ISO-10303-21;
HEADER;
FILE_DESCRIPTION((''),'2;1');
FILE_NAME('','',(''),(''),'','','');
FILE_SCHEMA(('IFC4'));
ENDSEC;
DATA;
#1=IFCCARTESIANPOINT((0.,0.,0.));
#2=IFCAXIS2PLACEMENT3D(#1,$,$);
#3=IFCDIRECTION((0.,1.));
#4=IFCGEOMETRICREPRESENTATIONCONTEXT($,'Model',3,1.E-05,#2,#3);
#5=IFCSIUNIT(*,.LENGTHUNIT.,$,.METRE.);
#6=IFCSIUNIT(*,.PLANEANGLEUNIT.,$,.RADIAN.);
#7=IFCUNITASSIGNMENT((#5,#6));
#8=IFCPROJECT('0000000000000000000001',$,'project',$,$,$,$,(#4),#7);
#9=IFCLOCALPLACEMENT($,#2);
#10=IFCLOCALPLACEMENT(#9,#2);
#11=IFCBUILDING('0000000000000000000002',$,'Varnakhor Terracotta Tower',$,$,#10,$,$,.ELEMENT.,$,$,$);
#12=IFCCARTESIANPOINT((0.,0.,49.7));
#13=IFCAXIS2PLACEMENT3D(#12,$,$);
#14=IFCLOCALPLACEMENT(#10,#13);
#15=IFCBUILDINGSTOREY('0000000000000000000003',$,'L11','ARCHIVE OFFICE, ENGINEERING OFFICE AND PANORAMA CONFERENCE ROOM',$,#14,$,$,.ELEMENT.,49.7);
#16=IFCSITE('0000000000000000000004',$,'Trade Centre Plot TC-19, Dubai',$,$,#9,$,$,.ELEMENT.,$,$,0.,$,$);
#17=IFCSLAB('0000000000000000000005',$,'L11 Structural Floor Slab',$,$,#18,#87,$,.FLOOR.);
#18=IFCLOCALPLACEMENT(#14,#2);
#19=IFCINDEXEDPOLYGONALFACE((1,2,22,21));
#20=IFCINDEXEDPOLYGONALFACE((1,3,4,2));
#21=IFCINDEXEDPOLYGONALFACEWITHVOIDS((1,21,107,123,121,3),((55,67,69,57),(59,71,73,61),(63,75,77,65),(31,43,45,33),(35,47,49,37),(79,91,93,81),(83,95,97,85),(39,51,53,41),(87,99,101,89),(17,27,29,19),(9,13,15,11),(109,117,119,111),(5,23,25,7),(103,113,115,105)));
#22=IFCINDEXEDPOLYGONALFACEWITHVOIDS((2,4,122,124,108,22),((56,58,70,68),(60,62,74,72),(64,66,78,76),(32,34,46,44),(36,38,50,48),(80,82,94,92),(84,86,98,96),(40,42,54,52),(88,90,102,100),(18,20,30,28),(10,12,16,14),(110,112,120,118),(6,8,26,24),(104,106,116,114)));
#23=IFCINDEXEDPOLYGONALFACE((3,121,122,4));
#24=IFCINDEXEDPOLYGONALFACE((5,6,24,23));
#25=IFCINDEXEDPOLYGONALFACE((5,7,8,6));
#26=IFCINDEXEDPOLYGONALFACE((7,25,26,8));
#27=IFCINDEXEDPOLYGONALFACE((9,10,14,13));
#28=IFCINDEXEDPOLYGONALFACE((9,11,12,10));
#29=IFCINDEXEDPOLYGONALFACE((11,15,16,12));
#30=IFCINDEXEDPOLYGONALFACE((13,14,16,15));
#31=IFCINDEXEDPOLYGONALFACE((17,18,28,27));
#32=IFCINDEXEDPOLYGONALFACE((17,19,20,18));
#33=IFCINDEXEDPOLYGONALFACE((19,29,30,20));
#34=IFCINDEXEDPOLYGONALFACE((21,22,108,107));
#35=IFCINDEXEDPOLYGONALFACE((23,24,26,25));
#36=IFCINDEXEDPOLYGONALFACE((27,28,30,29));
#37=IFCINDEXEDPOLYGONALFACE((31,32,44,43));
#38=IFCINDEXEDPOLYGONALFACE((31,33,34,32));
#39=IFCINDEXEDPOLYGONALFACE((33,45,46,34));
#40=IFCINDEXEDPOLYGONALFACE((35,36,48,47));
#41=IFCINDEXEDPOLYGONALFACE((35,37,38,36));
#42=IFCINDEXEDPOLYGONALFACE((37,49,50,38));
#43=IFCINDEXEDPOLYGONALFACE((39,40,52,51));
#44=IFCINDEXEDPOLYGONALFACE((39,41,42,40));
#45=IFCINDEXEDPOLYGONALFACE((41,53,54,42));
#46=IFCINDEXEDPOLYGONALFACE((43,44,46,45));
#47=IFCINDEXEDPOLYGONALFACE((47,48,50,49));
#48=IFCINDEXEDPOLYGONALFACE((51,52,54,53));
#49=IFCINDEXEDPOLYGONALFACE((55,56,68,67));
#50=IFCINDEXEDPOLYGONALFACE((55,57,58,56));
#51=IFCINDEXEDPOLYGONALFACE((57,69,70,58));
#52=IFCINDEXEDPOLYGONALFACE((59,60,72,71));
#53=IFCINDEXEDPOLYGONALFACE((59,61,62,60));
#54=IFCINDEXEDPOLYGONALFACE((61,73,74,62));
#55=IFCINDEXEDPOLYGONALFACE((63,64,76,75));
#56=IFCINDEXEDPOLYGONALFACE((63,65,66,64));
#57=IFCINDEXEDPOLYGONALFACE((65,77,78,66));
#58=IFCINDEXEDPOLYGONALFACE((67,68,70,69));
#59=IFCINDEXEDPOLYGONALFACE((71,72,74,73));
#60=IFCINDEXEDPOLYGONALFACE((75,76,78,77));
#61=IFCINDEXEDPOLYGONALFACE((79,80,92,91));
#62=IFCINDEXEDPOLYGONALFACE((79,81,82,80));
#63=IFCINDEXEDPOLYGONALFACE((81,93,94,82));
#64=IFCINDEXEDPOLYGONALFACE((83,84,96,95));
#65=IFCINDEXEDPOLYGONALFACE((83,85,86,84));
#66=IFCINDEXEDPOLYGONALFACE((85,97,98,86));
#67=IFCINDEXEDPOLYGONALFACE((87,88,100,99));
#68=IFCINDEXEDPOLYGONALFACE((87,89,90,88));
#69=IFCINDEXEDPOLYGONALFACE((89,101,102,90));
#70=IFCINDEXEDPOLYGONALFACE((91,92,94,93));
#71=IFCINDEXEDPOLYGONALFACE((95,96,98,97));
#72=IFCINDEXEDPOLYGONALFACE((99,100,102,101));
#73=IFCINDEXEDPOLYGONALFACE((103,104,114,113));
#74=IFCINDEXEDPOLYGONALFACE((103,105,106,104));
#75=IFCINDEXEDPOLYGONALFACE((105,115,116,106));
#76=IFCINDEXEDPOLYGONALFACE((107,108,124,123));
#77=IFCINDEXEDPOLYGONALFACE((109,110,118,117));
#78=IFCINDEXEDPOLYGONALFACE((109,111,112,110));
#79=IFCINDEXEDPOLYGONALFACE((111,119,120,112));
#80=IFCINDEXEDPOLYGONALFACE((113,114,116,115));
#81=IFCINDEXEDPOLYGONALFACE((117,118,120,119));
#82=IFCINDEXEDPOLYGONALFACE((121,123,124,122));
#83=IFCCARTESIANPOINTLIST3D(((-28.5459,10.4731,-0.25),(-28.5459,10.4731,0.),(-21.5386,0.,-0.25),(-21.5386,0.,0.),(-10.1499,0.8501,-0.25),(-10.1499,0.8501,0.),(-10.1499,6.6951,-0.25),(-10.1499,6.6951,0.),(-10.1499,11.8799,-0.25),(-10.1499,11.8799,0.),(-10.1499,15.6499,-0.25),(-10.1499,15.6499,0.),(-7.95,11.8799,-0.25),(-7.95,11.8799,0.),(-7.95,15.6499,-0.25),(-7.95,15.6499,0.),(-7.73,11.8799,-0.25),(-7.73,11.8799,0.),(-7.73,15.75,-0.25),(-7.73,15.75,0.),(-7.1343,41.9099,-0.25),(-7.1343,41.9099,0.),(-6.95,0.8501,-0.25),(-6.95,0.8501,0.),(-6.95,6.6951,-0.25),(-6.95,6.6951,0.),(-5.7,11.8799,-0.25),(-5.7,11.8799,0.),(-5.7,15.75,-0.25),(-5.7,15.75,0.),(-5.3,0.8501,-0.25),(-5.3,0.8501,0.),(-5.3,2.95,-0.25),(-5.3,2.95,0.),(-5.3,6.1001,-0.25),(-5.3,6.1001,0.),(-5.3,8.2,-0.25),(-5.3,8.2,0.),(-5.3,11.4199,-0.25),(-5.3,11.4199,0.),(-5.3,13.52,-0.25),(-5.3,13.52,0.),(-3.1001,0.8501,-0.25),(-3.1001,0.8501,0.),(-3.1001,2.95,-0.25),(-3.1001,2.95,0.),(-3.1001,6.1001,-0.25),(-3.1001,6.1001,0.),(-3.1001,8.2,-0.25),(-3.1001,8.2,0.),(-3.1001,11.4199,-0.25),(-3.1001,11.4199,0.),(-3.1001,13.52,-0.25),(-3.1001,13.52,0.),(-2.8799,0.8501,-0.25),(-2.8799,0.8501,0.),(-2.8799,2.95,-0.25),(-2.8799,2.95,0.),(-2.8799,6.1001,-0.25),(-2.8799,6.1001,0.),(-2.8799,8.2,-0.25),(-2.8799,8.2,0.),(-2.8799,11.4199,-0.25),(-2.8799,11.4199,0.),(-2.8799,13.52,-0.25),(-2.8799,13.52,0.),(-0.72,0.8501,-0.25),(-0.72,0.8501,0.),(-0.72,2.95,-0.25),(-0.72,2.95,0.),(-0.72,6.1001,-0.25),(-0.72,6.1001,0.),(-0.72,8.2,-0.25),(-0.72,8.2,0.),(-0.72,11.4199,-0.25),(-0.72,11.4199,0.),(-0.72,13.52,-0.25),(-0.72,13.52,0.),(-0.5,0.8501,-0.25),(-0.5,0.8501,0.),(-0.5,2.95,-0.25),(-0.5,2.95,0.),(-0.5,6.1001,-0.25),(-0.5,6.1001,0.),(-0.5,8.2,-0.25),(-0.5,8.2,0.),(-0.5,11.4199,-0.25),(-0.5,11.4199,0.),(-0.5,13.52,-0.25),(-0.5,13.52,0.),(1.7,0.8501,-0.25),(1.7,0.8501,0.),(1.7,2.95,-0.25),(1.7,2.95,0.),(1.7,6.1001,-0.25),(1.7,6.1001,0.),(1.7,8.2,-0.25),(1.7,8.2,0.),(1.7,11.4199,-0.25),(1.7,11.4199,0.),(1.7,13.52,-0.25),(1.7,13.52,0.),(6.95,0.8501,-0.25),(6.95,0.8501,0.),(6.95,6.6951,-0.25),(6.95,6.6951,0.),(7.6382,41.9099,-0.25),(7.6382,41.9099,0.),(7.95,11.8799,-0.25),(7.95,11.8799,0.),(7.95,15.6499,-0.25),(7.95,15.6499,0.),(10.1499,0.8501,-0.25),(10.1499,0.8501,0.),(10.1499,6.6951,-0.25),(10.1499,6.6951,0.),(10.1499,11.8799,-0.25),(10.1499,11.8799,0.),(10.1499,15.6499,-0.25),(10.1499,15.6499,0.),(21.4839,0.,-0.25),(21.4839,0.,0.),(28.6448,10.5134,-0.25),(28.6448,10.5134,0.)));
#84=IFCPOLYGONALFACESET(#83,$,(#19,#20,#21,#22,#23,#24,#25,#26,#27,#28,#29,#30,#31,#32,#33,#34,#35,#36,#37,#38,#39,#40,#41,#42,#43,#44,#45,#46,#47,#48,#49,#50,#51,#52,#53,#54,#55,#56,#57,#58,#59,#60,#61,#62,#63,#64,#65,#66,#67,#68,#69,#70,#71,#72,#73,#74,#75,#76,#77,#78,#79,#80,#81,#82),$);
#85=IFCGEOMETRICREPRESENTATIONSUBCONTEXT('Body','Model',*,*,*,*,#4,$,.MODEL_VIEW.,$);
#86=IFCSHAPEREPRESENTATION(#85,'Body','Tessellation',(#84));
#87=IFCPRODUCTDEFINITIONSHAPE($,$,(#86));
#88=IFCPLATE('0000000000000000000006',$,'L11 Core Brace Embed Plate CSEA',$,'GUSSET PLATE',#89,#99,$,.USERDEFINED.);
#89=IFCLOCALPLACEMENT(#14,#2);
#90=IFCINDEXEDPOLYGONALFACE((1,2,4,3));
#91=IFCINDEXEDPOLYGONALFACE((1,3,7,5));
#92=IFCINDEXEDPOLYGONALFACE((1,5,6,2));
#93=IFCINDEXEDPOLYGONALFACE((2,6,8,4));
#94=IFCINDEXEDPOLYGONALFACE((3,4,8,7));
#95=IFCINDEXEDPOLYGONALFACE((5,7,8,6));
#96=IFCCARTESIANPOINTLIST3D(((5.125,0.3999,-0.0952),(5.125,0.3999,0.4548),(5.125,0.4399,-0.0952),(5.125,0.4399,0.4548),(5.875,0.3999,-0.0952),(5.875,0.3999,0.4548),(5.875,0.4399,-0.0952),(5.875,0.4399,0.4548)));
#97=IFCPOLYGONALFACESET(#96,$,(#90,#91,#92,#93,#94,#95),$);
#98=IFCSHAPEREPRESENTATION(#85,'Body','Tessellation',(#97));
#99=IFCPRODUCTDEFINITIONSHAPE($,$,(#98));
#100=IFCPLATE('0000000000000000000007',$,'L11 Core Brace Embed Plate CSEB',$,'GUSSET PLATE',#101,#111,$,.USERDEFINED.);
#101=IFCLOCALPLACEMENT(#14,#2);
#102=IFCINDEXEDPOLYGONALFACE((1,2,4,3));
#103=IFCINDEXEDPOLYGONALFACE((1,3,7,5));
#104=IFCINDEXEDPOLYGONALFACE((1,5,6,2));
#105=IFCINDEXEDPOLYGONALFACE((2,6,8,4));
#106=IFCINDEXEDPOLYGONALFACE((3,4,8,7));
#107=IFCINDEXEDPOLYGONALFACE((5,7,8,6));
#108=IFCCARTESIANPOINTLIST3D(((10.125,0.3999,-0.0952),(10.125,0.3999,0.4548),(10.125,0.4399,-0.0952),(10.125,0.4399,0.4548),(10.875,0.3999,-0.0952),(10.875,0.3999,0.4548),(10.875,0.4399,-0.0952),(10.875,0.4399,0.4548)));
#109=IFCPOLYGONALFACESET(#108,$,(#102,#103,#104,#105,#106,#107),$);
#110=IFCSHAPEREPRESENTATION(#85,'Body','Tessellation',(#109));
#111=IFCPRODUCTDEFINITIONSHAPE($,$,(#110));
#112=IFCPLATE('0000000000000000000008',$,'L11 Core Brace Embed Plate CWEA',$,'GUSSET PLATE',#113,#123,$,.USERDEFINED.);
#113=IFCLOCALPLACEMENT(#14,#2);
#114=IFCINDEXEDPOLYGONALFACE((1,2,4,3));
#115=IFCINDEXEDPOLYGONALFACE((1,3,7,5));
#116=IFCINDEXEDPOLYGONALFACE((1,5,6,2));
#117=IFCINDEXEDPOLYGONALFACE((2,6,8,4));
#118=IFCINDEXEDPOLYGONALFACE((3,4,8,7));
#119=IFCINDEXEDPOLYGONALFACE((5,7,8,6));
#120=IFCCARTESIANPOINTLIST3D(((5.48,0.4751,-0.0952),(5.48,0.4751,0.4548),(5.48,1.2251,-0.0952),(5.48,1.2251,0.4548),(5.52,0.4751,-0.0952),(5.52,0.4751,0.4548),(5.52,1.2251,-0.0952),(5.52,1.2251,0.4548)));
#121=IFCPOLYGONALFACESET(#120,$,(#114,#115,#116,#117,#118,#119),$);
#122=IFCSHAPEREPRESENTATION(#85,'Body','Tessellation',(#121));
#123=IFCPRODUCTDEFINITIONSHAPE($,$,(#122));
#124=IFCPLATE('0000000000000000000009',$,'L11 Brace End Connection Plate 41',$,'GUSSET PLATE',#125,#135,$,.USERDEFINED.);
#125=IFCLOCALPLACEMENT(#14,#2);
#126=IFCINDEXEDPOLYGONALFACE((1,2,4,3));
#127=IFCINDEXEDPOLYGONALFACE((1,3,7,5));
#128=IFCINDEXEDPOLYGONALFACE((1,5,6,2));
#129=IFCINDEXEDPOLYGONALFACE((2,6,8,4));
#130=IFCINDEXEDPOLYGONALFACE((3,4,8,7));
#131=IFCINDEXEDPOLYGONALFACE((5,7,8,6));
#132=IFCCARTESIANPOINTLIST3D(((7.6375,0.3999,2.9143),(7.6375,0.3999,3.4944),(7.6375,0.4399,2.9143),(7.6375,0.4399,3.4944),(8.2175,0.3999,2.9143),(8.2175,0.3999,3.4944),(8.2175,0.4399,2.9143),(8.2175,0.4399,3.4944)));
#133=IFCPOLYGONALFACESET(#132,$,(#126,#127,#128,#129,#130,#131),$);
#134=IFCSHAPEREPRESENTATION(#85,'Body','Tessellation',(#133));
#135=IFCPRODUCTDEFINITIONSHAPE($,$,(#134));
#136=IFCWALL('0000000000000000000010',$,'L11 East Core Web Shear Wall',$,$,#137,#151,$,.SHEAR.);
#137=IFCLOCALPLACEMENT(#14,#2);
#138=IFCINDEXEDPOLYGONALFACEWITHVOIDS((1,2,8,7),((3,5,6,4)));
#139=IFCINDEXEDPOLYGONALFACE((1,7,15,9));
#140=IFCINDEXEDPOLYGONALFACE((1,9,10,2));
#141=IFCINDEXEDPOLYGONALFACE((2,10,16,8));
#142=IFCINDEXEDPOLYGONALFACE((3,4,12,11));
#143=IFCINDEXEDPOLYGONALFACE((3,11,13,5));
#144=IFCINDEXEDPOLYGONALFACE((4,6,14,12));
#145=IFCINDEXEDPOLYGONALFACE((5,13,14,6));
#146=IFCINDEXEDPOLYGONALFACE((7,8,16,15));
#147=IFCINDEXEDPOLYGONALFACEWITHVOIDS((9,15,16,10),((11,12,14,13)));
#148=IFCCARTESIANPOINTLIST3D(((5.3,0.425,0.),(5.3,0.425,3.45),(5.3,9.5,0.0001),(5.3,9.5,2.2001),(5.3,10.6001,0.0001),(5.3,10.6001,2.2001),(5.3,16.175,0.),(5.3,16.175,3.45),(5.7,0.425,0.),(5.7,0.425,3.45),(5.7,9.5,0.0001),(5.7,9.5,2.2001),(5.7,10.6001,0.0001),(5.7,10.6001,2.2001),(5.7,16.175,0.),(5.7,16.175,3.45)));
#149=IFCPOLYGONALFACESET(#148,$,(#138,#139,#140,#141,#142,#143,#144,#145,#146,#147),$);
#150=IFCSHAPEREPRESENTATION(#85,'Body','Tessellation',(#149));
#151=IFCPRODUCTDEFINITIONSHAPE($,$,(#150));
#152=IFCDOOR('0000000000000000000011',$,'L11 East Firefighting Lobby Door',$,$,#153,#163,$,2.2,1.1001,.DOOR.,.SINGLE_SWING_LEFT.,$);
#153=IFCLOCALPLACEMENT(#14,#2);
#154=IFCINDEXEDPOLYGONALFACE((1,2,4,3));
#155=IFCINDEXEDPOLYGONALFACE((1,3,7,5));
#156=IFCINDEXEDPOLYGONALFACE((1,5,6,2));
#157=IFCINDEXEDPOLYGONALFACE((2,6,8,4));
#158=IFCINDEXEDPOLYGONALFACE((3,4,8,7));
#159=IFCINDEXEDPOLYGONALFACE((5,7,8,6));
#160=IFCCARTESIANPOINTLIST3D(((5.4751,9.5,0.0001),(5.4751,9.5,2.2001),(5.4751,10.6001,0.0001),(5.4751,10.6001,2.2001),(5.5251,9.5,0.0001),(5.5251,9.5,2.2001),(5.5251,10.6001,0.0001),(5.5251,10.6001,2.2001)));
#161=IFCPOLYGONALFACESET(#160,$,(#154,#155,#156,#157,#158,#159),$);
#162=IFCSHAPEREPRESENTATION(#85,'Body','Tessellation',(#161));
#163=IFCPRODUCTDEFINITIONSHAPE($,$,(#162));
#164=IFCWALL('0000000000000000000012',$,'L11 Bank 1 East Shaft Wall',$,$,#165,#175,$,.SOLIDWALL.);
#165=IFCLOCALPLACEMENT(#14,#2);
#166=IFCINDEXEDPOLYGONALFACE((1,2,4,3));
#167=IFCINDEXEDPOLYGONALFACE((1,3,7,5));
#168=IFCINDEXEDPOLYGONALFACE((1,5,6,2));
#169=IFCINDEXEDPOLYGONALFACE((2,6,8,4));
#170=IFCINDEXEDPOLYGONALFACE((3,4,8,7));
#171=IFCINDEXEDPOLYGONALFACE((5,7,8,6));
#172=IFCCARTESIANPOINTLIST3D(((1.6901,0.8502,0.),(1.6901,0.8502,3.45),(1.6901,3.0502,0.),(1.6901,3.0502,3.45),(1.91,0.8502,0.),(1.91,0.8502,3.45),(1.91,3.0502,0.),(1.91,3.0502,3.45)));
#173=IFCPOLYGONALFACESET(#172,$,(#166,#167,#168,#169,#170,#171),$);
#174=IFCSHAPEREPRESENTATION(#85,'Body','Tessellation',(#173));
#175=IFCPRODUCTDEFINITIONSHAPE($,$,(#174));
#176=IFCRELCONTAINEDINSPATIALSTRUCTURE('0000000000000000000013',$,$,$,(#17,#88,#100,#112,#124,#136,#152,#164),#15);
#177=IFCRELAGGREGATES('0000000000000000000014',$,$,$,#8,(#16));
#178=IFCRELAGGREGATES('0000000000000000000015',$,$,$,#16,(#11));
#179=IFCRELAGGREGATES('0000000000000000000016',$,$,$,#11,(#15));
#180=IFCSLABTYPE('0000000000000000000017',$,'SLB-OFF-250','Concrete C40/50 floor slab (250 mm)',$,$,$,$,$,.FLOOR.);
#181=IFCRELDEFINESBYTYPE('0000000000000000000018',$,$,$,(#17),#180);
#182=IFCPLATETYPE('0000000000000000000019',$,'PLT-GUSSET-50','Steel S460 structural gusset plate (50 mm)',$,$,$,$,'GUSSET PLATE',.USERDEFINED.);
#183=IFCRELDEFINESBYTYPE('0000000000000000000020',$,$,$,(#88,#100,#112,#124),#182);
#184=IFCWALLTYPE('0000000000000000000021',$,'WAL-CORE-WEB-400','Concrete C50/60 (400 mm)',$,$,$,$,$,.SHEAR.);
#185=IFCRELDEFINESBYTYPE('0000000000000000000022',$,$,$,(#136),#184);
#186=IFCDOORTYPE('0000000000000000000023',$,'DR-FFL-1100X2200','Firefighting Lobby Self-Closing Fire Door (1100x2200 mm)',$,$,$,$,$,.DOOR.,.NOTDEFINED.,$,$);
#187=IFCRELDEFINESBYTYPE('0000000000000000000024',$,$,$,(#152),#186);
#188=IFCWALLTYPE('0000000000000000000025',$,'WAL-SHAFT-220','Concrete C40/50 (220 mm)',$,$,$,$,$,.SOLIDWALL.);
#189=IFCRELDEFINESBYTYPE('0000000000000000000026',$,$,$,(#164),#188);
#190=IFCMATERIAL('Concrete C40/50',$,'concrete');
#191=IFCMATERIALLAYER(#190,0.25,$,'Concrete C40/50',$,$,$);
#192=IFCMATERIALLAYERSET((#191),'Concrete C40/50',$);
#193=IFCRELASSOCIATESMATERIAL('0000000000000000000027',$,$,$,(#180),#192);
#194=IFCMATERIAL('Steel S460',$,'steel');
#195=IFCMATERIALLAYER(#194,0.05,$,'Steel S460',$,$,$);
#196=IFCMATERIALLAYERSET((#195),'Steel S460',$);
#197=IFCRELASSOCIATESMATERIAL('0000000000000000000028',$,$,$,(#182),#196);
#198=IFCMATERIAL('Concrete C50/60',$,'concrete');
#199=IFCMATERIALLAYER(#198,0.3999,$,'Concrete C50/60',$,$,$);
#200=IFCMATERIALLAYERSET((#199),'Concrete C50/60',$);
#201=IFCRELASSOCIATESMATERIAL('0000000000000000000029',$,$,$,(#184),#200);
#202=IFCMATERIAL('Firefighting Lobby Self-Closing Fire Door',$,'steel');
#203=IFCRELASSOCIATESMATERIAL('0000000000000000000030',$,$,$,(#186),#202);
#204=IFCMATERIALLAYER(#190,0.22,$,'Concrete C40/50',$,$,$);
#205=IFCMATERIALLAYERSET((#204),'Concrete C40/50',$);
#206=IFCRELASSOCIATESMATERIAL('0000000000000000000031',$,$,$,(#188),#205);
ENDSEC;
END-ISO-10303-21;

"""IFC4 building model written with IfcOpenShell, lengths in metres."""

from ifc_helpers import new_model, si_unit, direction, frame, frame_2d, origin, origin_2d, place, context, subcontext, project, spatial, polyline, rectangle, outline, extrude, source, transform, mapped, material, layer, layer_set, type_object, type_shapes, element, fill, save


model = new_model("IFC4")

# Units and contexts
model_context = context("Model", 3, precision=1e-05, world=origin(), true_north=direction((0.0, 1.0)))
body_context = subcontext(model_context, "Body", "Model", "MODEL_VIEW")
ifc_project = project(units=[si_unit("LENGTHUNIT", "METRE"), si_unit("PLANEANGLEUNIT", "RADIAN")], contexts=[model_context])

# Site, building, storey
site_placement = place(None, origin())
site = spatial("IfcSite", under=ifc_project, at=site_placement, Name="Trade Centre Plot TC-19, Dubai", CompositionType="ELEMENT", RefElevation=0.0)
building_placement = place(site_placement, origin())
building = spatial("IfcBuilding", under=site, at=building_placement, Name="Varnakhor Terracotta Tower", CompositionType="ELEMENT")
storey_placement = place(building_placement, frame((0.0, 0.0, 49.7)))
storey = spatial("IfcBuildingStorey", under=building, at=storey_placement, Name="L11", Description="ARCHIVE OFFICE, ENGINEERING OFFICE AND PANORAMA CONFERENCE ROOM", CompositionType="ELEMENT", Elevation=49.7)

# Shared definitions
ifc_material_1 = material(Name="Concrete C50/60", Category="concrete")

# Shared definitions
ifc_material_2 = material(Name="Steel S460", Category="steel")

# Shared definitions
ifc_material_3 = material(Name="Concrete C40/50", Category="concrete")

# Slab
ifc_layer_1 = layer(ifc_material_3, 0.25, Name="Concrete C40/50")
ifc_layer_set_1 = layer_set([ifc_layer_1], Name="Concrete C40/50")
slab_type_1 = type_object("IfcSlabType", Name="SLB-OFF-250", Description="Concrete C40/50 floor slab (250 mm)", PredefinedType="FLOOR", material=ifc_layer_set_1)
slab_1_placement = place(storey_placement, frame((0.0, 0.0, -0.25)))
element("IfcSlab", 1, at=slab_1_placement, inside=storey, type_object=slab_type_1, Name="L11 Structural Floor Slab", PredefinedType="FLOOR", context=body_context, shape_type="SweptSolid", body=[
    extrude(outline(polyline([(-28.5459, 10.4731), (-7.1343, 41.9099), (7.6382, 41.9099), (28.6448, 10.5134), (21.4839, 0.0), (-21.5386, 0.0), (-28.5459, 10.4731)]), holes=[polyline([(-3.1001, 0.8501), (-3.1001, 2.95), (-5.3, 2.95), (-5.3, 0.8501), (-3.1001, 0.8501)]), polyline([(-2.8799, 0.8501), (-0.72, 0.8501), (-0.72, 2.95), (-2.8799, 2.95), (-2.8799, 0.8501)]), polyline([(-10.1499, 0.8501), (-6.95, 0.8501), (-6.95, 6.6951), (-10.1499, 6.6951), (-10.1499, 0.8501)]), polyline([(-5.3, 6.1001), (-3.1001, 6.1001), (-3.1001, 8.2), (-5.3, 8.2), (-5.3, 6.1001)]), polyline([(-5.3, 11.4199), (-3.1001, 11.4199), (-3.1001, 13.52), (-5.3, 13.52), (-5.3, 11.4199)]), polyline([(-10.1499, 11.8799), (-7.95, 11.8799), (-7.95, 15.6499), (-10.1499, 15.6499), (-10.1499, 11.8799)]), polyline([(-7.73, 11.8799), (-5.7, 11.8799), (-5.7, 15.75), (-7.73, 15.75), (-7.73, 11.8799)]), polyline([(1.7, 0.8501), (1.7, 2.95), (-0.5, 2.95), (-0.5, 0.8501), (1.7, 0.8501)]), polyline([(6.95, 0.8501), (10.1499, 0.8501), (10.1499, 6.6951), (6.95, 6.6951), (6.95, 0.8501)]), polyline([(-2.8799, 6.1001), (-0.72, 6.1001), (-0.72, 8.2), (-2.8799, 8.2), (-2.8799, 6.1001)]), polyline([(-0.5, 6.1001), (1.7, 6.1001), (1.7, 8.2), (-0.5, 8.2), (-0.5, 6.1001)]), polyline([(-2.8799, 11.4199), (-0.72, 11.4199), (-0.72, 13.52), (-2.8799, 13.52), (-2.8799, 11.4199)]), polyline([(-0.5, 11.4199), (1.7, 11.4199), (1.7, 13.52), (-0.5, 13.52), (-0.5, 11.4199)]), polyline([(7.95, 11.8799), (10.1499, 11.8799), (10.1499, 15.6499), (7.95, 15.6499), (7.95, 11.8799)])]), origin(), (0.0, 0.0, 1.0), 0.25),
])

# Plates
ifc_layer_2 = layer(ifc_material_2, 0.05, Name="Steel S460")
ifc_layer_set_2 = layer_set([ifc_layer_2], Name="Steel S460")
plate_type = type_object("IfcPlateType", Name="PLT-GUSSET-50", Description="Steel S460 structural gusset plate (50 mm)", ElementType="GUSSET PLATE", PredefinedType="USERDEFINED", material=ifc_layer_set_2)
shared_shape_1 = source(origin(), body_context, "Body", "SweptSolid", [
    extrude(rectangle(XDim=0.75, YDim=0.04, at=origin_2d()), origin(), (0.0, 0.0, 1.0), 0.55),
])
type_shapes(plate_type, [shared_shape_1])
for number, where, z_axis, x_axis, name in (
    (2, (5.5, 0.4199, -0.0952), (0.0, 0.0, 1.0), (1.0, 0.0, 0.0), "L11 Core Brace Embed Plate CSEA"),
    (3, (10.5, 0.4199, -0.0952), (0.0, 0.0, 1.0), (1.0, 0.0, 0.0), "L11 Core Brace Embed Plate CSEB"),
    (4, (5.5, 0.8501, -0.0952), (0.0, 0.0, 1.0), (0.0, 1.0, 0.0), "L11 Core Brace Embed Plate CWEA"),
):
    element("IfcPlate", number, at=place(storey_placement, frame(where, z_axis=z_axis, x_axis=x_axis)), inside=storey, type_object=plate_type, Name=name, ObjectType="GUSSET PLATE", PredefinedType="USERDEFINED", context=body_context, shape_type="MappedRepresentation", body=[
        mapped(shared_shape_1, transform((0.0, 0.0, 0.0), scale=1.0)),
    ])
shared_shape_2 = source(origin(), body_context, "Body", "SweptSolid", [
    extrude(rectangle(XDim=0.5801, YDim=0.04, at=origin_2d()), origin(), (0.0, 0.0, 1.0), 0.5801),
])
plate_placement = place(storey_placement, frame((7.9275, 0.4199, 2.9143), z_axis=(0.0, 0.0, 1.0), x_axis=(1.0, 0.0, 0.0)))
element("IfcPlate", 5, at=plate_placement, inside=storey, type_object=plate_type, Name="L11 Brace End Connection Plate 41", ObjectType="GUSSET PLATE", PredefinedType="USERDEFINED", context=body_context, shape_type="MappedRepresentation", body=[
    mapped(shared_shape_2, transform((0.0, 0.0, 0.0), scale=1.0)),
])

# Wall, opening, door
ifc_layer_3 = layer(ifc_material_1, 0.3999, Name="Concrete C50/60")
ifc_layer_set_3 = layer_set([ifc_layer_3], Name="Concrete C50/60")
wall_type_1 = type_object("IfcWallType", Name="WAL-CORE-WEB-400", Description="Concrete C50/60 (400 mm)", PredefinedType="SHEAR", material=ifc_layer_set_3)
wall_1_placement = place(storey_placement, frame((5.5, 0.425, 0.0), z_axis=(0.0, 0.0, 1.0), x_axis=(0.0, 1.0, 0.0)))
wall_1 = element("IfcWall", 6, at=wall_1_placement, inside=storey, type_object=wall_type_1, Name="L11 East Core Web Shear Wall", PredefinedType="SHEAR", context=body_context, shape_type="SweptSolid", body=[
    extrude(rectangle(XDim=15.75, YDim=0.3999, at=frame_2d((7.875, 0.0))), origin(), (0.0, 0.0, 1.0), 3.45),
])
opening_placement = place(wall_1_placement, frame((9.075, 0.0, 0.0)))
opening = element("IfcOpeningElement", 7, at=opening_placement, cuts=wall_1, PredefinedType="OPENING", context=body_context, shape_type="SweptSolid", body=[
    extrude(rectangle(XDim=1.1001, YDim=2.2, at=frame_2d((0.55, 1.1001))), frame((0.0, 0.21, 0.0), z_axis=(0.0, -1.0, 0.0), x_axis=(1.0, 0.0, 0.0)), (0.0, 0.0, 1.0), 0.4199),
])
ifc_material_4 = material(Name="Firefighting Lobby Self-Closing Fire Door", Category="steel")
door_type = type_object("IfcDoorType", Name="DR-FFL-1100X2200", Description="Firefighting Lobby Self-Closing Fire Door (1100x2200 mm)", OperationType="NOTDEFINED", PredefinedType="DOOR", material=ifc_material_4)
shared_shape_3 = source(origin(), body_context, "Body", "SweptSolid", [
    extrude(rectangle(XDim=1.1001, YDim=2.2, at=frame_2d((0.55, 1.1001))), frame((0.0, 0.0249, 0.0), z_axis=(0.0, -1.0, 0.0), x_axis=(1.0, 0.0, 0.0)), (0.0, 0.0, 1.0), 0.05),
])
type_shapes(door_type, [shared_shape_3])
door_placement = place(opening_placement, origin())
door = element("IfcDoor", 8, at=door_placement, inside=storey, type_object=door_type, Name="L11 East Firefighting Lobby Door", OperationType="SINGLE_SWING_LEFT", OverallHeight=2.2, OverallWidth=1.1001, PredefinedType="DOOR", context=body_context, shape_type="MappedRepresentation", body=[
    mapped(shared_shape_3, transform((0.0, 0.0, 0.0), scale=1.0)),
])
fill(opening, door)

# Wall
ifc_layer_4 = layer(ifc_material_3, 0.22, Name="Concrete C40/50")
ifc_layer_set_4 = layer_set([ifc_layer_4], Name="Concrete C40/50")
wall_type_2 = type_object("IfcWallType", Name="WAL-SHAFT-220", Description="Concrete C40/50 (220 mm)", PredefinedType="SOLIDWALL", material=ifc_layer_set_4)
wall_2_placement = place(storey_placement, frame((1.8, 0.8501, 0.0), z_axis=(0.0, 0.0, 1.0), x_axis=(0.0, 1.0, 0.0)))
element("IfcWall", 9, at=wall_2_placement, inside=storey, type_object=wall_type_2, Name="L11 Bank 1 East Shaft Wall", PredefinedType="SOLIDWALL", context=body_context, shape_type="SweptSolid", body=[
    extrude(rectangle(XDim=2.2, YDim=0.22, at=frame_2d((1.1001, 0.0))), origin(), (0.0, 0.0, 1.0), 3.45),
])

save(model, "model.ifc")
